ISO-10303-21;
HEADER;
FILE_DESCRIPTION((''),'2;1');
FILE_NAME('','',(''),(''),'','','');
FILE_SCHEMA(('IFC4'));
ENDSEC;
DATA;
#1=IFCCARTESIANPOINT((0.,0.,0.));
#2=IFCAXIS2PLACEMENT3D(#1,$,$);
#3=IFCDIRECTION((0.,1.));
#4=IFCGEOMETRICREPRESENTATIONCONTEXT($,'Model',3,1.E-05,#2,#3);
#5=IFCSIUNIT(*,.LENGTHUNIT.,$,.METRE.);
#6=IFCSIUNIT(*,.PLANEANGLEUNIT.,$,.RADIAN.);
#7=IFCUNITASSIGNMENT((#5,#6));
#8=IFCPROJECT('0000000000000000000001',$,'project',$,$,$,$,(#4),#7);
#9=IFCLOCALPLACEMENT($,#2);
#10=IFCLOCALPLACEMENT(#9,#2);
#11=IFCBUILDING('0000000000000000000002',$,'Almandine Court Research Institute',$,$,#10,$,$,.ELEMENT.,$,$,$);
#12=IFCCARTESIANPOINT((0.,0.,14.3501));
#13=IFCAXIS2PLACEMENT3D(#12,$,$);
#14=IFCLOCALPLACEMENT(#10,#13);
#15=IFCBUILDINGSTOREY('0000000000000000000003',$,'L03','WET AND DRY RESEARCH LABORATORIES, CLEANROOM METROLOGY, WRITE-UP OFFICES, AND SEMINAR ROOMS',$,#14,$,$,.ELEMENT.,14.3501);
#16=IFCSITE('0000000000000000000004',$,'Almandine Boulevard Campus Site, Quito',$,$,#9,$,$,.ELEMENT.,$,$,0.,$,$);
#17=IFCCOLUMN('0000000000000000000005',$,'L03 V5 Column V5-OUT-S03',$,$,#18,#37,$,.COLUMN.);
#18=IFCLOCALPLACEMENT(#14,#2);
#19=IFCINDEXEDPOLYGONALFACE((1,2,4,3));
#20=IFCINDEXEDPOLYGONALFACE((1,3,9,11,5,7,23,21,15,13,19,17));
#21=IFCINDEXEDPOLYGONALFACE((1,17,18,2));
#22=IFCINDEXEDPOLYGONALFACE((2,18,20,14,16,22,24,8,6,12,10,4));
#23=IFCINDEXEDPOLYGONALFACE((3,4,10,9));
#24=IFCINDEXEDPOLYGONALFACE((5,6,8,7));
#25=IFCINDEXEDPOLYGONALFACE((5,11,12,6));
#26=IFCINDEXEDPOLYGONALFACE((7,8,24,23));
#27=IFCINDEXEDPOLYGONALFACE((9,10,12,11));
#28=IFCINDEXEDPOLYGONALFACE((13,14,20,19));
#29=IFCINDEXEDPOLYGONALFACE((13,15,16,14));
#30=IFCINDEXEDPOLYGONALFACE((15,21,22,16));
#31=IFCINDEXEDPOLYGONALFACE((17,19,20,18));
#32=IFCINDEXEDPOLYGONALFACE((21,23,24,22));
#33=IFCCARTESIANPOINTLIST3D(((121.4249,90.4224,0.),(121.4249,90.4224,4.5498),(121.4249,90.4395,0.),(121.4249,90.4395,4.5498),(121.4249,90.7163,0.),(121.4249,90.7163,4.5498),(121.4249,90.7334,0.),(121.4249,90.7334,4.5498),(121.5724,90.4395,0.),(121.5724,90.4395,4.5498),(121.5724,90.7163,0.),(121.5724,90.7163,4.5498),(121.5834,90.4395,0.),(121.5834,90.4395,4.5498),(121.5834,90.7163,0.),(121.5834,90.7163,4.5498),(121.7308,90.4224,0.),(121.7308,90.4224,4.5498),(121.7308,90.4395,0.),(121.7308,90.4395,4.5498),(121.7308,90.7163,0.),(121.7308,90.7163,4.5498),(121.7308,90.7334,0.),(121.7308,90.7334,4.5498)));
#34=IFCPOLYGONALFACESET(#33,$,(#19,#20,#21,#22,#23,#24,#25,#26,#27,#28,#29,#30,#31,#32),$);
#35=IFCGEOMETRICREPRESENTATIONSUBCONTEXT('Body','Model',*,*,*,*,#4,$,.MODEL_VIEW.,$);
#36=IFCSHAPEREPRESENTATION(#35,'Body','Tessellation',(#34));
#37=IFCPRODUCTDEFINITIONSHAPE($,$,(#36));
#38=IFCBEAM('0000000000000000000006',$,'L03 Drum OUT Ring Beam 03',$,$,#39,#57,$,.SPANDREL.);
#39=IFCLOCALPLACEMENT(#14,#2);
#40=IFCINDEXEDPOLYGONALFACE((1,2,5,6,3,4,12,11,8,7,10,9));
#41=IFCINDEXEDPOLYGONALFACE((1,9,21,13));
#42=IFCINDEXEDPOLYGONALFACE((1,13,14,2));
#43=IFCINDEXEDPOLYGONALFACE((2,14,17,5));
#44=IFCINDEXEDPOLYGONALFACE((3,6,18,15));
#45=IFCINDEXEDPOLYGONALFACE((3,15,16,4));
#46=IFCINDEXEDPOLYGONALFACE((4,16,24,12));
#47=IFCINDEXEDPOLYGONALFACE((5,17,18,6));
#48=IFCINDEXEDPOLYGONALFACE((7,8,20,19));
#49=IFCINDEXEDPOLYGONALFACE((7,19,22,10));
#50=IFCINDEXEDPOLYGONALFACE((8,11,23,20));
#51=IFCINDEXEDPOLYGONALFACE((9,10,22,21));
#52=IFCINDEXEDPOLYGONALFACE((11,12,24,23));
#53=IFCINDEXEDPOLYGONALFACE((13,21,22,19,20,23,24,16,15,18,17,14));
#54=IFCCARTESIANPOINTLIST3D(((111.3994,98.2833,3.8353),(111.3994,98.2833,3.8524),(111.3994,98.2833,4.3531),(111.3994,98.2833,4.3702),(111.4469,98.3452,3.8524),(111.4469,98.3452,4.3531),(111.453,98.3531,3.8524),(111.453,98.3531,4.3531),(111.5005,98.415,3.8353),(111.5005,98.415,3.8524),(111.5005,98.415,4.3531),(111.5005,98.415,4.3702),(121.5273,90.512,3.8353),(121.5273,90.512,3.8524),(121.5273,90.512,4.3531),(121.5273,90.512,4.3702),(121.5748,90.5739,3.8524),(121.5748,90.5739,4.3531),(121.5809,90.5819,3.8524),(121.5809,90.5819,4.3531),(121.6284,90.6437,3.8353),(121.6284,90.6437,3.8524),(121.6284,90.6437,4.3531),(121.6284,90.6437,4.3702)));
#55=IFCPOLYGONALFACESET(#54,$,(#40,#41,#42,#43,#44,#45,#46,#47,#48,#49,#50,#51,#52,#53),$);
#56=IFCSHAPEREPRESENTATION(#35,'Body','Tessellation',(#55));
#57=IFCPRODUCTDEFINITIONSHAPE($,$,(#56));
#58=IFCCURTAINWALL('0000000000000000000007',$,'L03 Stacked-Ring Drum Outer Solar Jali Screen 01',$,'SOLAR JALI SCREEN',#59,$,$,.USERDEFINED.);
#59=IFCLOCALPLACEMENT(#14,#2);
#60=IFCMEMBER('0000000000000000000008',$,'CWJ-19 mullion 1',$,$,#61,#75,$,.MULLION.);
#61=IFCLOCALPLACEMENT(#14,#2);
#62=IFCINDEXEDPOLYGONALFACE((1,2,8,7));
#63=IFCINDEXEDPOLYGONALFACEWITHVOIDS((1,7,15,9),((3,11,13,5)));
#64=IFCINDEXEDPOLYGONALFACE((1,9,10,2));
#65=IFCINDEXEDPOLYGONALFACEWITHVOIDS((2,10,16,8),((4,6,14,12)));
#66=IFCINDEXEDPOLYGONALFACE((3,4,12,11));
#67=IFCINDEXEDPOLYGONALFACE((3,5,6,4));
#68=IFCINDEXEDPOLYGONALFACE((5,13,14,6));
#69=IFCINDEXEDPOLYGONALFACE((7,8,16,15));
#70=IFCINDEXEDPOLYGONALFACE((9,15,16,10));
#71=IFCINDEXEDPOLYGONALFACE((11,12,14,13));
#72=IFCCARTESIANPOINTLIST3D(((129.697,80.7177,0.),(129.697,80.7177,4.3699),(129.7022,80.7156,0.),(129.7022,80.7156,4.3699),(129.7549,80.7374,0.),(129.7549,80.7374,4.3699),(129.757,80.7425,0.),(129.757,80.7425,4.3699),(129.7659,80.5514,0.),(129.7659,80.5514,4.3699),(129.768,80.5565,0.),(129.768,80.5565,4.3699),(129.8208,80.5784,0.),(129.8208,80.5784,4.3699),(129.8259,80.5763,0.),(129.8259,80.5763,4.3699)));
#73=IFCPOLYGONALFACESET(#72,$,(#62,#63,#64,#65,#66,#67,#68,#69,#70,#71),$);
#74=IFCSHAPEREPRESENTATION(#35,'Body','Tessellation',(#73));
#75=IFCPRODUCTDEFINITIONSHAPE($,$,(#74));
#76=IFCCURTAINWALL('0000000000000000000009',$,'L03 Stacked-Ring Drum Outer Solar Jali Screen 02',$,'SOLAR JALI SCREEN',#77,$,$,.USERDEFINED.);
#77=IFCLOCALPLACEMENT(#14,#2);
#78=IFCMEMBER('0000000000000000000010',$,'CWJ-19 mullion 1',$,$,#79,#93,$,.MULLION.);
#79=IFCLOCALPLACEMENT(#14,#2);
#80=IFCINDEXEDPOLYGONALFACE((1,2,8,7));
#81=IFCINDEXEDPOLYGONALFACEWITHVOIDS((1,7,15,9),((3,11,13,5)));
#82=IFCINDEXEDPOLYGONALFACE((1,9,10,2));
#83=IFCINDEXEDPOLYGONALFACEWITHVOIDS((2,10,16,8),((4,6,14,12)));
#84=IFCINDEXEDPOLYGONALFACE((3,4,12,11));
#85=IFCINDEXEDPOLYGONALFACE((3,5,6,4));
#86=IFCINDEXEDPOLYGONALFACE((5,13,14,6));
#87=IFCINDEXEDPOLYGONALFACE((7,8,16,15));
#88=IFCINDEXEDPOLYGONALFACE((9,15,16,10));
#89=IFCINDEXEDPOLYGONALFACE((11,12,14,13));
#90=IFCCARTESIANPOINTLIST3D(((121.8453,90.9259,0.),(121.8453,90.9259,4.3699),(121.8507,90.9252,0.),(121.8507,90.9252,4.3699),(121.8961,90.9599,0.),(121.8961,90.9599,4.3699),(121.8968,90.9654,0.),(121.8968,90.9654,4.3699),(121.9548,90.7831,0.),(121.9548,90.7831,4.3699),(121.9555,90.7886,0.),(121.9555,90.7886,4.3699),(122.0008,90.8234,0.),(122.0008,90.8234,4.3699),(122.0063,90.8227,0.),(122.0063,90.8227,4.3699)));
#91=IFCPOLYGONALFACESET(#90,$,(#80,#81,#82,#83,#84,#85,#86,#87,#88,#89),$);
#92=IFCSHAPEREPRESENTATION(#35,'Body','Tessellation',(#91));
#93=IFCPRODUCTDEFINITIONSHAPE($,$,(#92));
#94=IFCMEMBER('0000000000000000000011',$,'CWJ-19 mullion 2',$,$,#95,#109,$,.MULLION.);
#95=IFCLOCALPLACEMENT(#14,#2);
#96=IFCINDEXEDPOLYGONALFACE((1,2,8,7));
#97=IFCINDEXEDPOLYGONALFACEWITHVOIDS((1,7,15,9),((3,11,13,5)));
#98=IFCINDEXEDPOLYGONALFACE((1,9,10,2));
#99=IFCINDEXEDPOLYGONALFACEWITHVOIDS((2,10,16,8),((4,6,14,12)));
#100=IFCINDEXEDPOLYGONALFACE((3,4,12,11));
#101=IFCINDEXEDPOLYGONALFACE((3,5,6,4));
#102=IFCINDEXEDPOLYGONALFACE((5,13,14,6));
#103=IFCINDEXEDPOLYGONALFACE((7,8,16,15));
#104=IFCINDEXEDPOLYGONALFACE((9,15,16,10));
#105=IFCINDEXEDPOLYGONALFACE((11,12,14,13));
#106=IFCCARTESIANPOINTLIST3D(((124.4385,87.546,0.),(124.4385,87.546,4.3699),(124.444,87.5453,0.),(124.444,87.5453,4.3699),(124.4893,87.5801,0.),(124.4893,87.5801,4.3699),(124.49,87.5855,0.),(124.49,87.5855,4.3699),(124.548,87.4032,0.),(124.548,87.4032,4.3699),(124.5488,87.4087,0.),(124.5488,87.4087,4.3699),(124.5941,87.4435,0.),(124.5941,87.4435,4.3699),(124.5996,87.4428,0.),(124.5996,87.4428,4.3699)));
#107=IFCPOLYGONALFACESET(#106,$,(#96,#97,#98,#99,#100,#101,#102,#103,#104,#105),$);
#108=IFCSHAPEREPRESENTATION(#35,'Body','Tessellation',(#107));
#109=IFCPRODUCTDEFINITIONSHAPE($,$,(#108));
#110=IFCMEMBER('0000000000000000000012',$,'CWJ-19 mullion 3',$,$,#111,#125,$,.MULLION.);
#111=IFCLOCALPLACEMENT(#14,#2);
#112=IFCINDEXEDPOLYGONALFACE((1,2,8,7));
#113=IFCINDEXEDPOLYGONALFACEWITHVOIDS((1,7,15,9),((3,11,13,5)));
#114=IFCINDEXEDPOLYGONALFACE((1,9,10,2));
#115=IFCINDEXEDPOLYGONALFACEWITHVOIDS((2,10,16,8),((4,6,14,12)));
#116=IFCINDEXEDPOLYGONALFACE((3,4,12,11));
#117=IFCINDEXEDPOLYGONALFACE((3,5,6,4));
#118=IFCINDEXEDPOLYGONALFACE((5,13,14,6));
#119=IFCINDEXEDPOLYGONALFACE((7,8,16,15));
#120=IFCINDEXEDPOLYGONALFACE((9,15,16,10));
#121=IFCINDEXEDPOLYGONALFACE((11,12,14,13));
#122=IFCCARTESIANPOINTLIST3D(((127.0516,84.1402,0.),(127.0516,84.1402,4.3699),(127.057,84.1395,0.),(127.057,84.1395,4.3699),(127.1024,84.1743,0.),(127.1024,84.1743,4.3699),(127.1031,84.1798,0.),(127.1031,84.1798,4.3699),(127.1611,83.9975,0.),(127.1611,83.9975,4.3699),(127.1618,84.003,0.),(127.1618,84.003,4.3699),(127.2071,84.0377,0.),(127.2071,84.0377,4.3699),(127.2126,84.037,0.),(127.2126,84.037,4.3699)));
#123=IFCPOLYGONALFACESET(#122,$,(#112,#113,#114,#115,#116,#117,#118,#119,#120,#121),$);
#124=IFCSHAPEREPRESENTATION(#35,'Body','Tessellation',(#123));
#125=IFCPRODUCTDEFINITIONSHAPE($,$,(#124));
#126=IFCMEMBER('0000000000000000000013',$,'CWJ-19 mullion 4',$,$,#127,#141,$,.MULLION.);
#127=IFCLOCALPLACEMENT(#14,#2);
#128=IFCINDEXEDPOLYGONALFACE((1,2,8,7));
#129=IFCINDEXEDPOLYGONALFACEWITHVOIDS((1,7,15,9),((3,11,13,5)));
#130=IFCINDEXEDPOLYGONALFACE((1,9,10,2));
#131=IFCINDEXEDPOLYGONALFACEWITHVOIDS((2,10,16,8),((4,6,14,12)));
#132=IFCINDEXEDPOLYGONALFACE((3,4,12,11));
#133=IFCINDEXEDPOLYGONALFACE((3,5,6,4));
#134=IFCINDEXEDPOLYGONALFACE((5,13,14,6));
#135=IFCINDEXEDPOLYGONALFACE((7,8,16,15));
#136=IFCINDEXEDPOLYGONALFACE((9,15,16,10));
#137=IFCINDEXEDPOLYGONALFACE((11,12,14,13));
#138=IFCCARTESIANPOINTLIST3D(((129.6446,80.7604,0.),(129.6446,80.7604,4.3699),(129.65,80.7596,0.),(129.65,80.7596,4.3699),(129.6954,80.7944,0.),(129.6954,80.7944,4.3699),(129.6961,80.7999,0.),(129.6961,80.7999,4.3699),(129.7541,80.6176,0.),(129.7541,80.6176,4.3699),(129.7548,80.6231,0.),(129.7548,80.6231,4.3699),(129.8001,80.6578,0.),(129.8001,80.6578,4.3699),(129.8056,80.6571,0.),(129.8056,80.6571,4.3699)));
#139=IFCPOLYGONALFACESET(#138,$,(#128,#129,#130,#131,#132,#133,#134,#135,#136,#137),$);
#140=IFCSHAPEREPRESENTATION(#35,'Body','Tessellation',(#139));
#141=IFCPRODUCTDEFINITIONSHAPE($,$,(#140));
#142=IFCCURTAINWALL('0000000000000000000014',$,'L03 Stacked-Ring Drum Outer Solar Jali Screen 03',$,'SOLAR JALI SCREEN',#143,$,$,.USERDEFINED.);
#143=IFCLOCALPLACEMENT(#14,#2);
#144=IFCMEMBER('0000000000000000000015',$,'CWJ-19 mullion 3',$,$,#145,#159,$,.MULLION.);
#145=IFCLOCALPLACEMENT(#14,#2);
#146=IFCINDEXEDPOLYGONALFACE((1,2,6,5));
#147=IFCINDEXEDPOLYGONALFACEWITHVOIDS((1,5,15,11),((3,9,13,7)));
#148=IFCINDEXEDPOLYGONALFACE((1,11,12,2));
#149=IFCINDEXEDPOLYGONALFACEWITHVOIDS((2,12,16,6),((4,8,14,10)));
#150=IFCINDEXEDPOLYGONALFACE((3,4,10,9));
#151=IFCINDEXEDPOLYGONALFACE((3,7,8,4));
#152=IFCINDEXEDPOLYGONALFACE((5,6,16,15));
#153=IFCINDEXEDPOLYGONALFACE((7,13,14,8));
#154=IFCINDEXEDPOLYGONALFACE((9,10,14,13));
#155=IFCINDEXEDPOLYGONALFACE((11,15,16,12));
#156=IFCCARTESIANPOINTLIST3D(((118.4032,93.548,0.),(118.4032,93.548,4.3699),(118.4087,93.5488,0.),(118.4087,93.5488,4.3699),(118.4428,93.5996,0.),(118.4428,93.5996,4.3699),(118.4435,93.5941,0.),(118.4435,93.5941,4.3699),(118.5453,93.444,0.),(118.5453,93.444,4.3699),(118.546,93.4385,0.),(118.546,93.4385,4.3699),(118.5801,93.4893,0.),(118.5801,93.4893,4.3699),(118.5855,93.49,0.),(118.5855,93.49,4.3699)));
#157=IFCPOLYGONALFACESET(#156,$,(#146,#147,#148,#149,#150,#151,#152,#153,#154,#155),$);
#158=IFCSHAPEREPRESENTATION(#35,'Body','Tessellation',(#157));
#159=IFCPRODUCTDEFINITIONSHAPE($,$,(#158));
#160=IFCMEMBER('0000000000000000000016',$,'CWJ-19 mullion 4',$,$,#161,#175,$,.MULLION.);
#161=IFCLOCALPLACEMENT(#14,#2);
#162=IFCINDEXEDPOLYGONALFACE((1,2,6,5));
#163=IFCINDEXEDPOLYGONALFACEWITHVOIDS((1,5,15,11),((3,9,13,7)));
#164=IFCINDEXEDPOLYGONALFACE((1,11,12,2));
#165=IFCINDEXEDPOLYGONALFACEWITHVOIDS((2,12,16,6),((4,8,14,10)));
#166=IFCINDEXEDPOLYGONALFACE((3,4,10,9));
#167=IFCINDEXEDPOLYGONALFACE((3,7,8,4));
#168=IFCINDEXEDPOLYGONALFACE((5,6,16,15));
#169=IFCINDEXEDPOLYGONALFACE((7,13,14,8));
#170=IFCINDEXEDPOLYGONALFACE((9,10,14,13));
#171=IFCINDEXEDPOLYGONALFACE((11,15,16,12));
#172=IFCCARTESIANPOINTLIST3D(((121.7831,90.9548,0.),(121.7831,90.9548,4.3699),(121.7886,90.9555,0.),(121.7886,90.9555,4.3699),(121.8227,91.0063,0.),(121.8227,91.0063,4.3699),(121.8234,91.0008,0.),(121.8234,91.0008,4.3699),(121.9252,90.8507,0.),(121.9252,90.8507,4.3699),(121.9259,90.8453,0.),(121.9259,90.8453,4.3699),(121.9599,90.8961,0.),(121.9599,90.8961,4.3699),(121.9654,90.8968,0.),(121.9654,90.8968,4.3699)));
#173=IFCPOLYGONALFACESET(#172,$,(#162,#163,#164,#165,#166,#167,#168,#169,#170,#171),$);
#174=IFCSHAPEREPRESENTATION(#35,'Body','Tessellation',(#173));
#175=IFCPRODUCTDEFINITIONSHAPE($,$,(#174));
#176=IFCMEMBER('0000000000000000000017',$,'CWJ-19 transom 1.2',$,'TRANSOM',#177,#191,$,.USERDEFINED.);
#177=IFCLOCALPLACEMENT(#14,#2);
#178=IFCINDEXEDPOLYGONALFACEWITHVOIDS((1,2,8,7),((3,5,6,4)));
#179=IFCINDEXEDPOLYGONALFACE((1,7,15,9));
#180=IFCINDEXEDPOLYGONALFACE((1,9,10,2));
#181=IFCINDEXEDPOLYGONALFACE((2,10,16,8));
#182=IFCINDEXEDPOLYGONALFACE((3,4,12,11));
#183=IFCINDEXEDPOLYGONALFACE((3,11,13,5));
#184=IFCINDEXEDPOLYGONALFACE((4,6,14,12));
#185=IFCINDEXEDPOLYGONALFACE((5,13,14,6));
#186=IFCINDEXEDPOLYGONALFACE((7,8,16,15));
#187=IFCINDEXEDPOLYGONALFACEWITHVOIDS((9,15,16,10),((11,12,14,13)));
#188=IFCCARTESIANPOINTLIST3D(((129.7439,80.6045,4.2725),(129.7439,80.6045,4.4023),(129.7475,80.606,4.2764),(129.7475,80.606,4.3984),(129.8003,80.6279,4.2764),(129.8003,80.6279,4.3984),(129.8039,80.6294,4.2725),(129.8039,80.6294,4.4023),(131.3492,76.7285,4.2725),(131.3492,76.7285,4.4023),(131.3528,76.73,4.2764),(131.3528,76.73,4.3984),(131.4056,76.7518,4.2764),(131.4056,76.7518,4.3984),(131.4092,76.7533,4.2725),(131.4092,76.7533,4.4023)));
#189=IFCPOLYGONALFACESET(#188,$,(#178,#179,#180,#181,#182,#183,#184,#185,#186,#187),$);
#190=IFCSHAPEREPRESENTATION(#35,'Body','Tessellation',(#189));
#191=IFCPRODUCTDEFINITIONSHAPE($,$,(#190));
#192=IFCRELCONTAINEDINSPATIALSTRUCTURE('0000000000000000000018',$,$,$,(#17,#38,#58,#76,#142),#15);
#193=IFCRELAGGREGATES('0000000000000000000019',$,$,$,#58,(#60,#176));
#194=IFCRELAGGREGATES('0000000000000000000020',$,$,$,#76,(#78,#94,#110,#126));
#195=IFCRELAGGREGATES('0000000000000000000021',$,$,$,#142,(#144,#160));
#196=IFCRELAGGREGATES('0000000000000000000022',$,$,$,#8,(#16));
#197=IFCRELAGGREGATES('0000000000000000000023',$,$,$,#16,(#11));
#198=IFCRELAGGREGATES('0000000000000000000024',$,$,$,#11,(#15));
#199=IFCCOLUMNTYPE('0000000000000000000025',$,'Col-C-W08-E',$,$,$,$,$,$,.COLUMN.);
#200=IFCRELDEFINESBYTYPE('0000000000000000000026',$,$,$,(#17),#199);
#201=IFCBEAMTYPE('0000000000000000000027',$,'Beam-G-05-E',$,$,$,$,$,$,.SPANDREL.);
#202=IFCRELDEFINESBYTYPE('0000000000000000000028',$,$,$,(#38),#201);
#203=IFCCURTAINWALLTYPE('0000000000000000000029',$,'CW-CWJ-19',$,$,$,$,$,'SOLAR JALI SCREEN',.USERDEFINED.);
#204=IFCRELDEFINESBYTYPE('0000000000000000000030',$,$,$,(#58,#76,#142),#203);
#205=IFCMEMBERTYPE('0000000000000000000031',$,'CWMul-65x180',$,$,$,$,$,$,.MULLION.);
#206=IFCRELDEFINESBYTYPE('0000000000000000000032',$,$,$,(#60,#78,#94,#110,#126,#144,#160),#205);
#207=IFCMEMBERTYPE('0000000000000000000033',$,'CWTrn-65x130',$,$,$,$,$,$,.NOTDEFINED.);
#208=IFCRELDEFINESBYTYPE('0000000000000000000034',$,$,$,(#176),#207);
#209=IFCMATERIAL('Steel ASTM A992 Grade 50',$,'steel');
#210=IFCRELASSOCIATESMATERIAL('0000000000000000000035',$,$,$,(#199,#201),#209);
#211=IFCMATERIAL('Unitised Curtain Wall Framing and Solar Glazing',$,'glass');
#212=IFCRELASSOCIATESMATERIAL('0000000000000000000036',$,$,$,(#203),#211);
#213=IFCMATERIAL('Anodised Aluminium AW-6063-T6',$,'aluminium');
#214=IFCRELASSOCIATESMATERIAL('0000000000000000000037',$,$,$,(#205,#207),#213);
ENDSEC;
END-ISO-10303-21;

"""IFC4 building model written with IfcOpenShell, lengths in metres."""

from ifc_helpers import new_model, si_unit, direction, frame, origin, origin_2d, place, context, subcontext, project, spatial, hollow_rectangle, i_section, extrude, material, material_profile, profile_set, type_object, element, aggregate, save


model = new_model("IFC4")

# Units and contexts
model_context = context("Model", 3, precision=1e-05, world=origin(), true_north=direction((0.0, 1.0)))
body_context = subcontext(model_context, "Body", "Model", "MODEL_VIEW")
ifc_project = project(units=[si_unit("LENGTHUNIT", "METRE"), si_unit("PLANEANGLEUNIT", "RADIAN")], contexts=[model_context])

# Site, building, storey
site_placement = place(None, origin())
site = spatial("IfcSite", under=ifc_project, at=site_placement, Name="Almandine Boulevard Campus Site, Quito", CompositionType="ELEMENT", RefElevation=0.0)
building_placement = place(site_placement, origin())
building = spatial("IfcBuilding", under=site, at=building_placement, Name="Almandine Court Research Institute", CompositionType="ELEMENT")
storey_placement = place(building_placement, frame((0.0, 0.0, 14.3501)))
storey = spatial("IfcBuildingStorey", under=building, at=storey_placement, Name="L03", Description="WET AND DRY RESEARCH LABORATORIES, CLEANROOM METROLOGY, WRITE-UP OFFICES, AND SEMINAR ROOMS", CompositionType="ELEMENT", Elevation=14.3501)

# Column
ifc_material_1 = material(Name="Steel ASTM A992 Grade 50", Category="steel")
ifc_material_profile_1 = material_profile(ifc_material_1, i_section(OverallWidth=0.3059, OverallDepth=0.311, WebThickness=0.011, FlangeThickness=0.0171, at=origin_2d()), Name="W310x107")
ifc_profile_set_1 = profile_set([ifc_material_profile_1], Name="Steel ASTM A992 Grade 50")
column_type = type_object("IfcColumnType", Name="Col-C-W08-E", PredefinedType="COLUMN", material=ifc_profile_set_1)
column_placement = place(storey_placement, frame((121.5779, 90.5779, 0.0), z_axis=(0.0, 0.0, 1.0), x_axis=(1.0, 0.0, 0.0)))
element("IfcColumn", 1, at=column_placement, inside=storey, type_object=column_type, Name="L03 V5 Column V5-OUT-S03", PredefinedType="COLUMN", context=body_context, shape_type="SweptSolid", body=[
    extrude(i_section(OverallWidth=0.3059, OverallDepth=0.311, WebThickness=0.011, FlangeThickness=0.0171, at=origin_2d()), origin(), (0.0, 0.0, 1.0), 4.5498),
])

# Beam
ifc_material_profile_2 = material_profile(ifc_material_1, i_section(OverallWidth=0.166, OverallDepth=0.5349, WebThickness=0.01, FlangeThickness=0.0171, at=origin_2d()), Name="W530x85")
ifc_profile_set_2 = profile_set([ifc_material_profile_2], Name="Steel ASTM A992 Grade 50")
beam_type = type_object("IfcBeamType", Name="Beam-G-05-E", PredefinedType="SPANDREL", material=ifc_profile_set_2)
beam_placement = place(storey_placement, frame((121.5779, 90.5779, 4.1028), z_axis=(-0.793361, 0.608752, 0.0), x_axis=(-0.608752, -0.793361, 0.0)))
element("IfcBeam", 2, at=beam_placement, inside=storey, type_object=beam_type, Name="L03 Drum OUT Ring Beam 03", PredefinedType="SPANDREL", context=body_context, shape_type="SweptSolid", body=[
    extrude(i_section(OverallWidth=0.166, OverallDepth=0.5349, WebThickness=0.01, FlangeThickness=0.0171, at=origin_2d()), origin(), (0.0, 0.0, 1.0), 12.7659),
])

# Curtain wall, member
ifc_material_2 = material(Name="Unitised Curtain Wall Framing and Solar Glazing", Category="glass")
curtain_wall_type = type_object("IfcCurtainWallType", Name="CW-CWJ-19", ElementType="SOLAR JALI SCREEN", PredefinedType="USERDEFINED", material=ifc_material_2)
curtain_wall_1_placement = place(storey_placement, origin())
curtain_wall_1 = element("IfcCurtainWall", 3, at=curtain_wall_1_placement, inside=storey, type_object=curtain_wall_type, Name="L03 Stacked-Ring Drum Outer Solar Jali Screen 01", ObjectType="SOLAR JALI SCREEN", PredefinedType="USERDEFINED")
ifc_material_3 = material(Name="Anodised Aluminium AW-6063-T6", Category="aluminium")
ifc_material_profile_3 = material_profile(ifc_material_3, hollow_rectangle(XDim=0.0649, YDim=0.1799, WallThickness=0.0039, at=origin_2d()), Name="ALU RHS 65x180x4")
ifc_profile_set_3 = profile_set([ifc_material_profile_3], Name="Anodised Aluminium AW-6063-T6")
member_type_1 = type_object("IfcMemberType", Name="CWMul-65x180", PredefinedType="MULLION", material=ifc_profile_set_3)
member_1_placement = place(storey_placement, frame((129.7615, 80.647, 0.0), z_axis=(0.0, 0.0, 1.0), x_axis=(0.923888, 0.382663, 0.0)))
member_1 = element("IfcMember", 4, at=member_1_placement, type_object=member_type_1, Name="CWJ-19 mullion 1", PredefinedType="MULLION", context=body_context, shape_type="SweptSolid", body=[
    extrude(hollow_rectangle(XDim=0.0649, YDim=0.1799, WallThickness=0.0039, at=origin_2d()), origin(), (0.0, 0.0, 1.0), 4.3699),
])

# Curtain walls, members
curtain_wall_2_placement = place(storey_placement, origin())
curtain_wall_2 = element("IfcCurtainWall", 5, at=curtain_wall_2_placement, inside=storey, type_object=curtain_wall_type, Name="L03 Stacked-Ring Drum Outer Solar Jali Screen 02", ObjectType="SOLAR JALI SCREEN", PredefinedType="USERDEFINED")
member_2_placement = place(storey_placement, frame((121.9258, 90.8743, 0.0), z_axis=(0.0, 0.0, 1.0), x_axis=(0.793383, 0.608723, 0.0)))
member_2 = element("IfcMember", 6, at=member_2_placement, type_object=member_type_1, Name="CWJ-19 mullion 1", PredefinedType="MULLION", context=body_context, shape_type="SweptSolid", body=[
    extrude(hollow_rectangle(XDim=0.0649, YDim=0.1799, WallThickness=0.0039, at=origin_2d()), origin(), (0.0, 0.0, 1.0), 4.3699),
])
member_3_placement = place(storey_placement, frame((124.519, 87.4944, 0.0), z_axis=(0.0, 0.0, 1.0), x_axis=(0.793383, 0.608723, 0.0)))
member_3 = element("IfcMember", 7, at=member_3_placement, type_object=member_type_1, Name="CWJ-19 mullion 2", PredefinedType="MULLION", context=body_context, shape_type="SweptSolid", body=[
    extrude(hollow_rectangle(XDim=0.0649, YDim=0.1799, WallThickness=0.0039, at=origin_2d()), origin(), (0.0, 0.0, 1.0), 4.3699),
])
member_4_placement = place(storey_placement, frame((127.1321, 84.0886, 0.0), z_axis=(0.0, 0.0, 1.0), x_axis=(0.793383, 0.608723, 0.0)))
member_4 = element("IfcMember", 8, at=member_4_placement, type_object=member_type_1, Name="CWJ-19 mullion 3", PredefinedType="MULLION", context=body_context, shape_type="SweptSolid", body=[
    extrude(hollow_rectangle(XDim=0.0649, YDim=0.1799, WallThickness=0.0039, at=origin_2d()), origin(), (0.0, 0.0, 1.0), 4.3699),
])
member_5_placement = place(storey_placement, frame((129.7251, 80.7087, 0.0), z_axis=(0.0, 0.0, 1.0), x_axis=(0.793383, 0.608723, 0.0)))
member_5 = element("IfcMember", 9, at=member_5_placement, type_object=member_type_1, Name="CWJ-19 mullion 4", PredefinedType="MULLION", context=body_context, shape_type="SweptSolid", body=[
    extrude(hollow_rectangle(XDim=0.0649, YDim=0.1799, WallThickness=0.0039, at=origin_2d()), origin(), (0.0, 0.0, 1.0), 4.3699),
])
curtain_wall_3_placement = place(storey_placement, origin())
curtain_wall_3 = element("IfcCurtainWall", 10, at=curtain_wall_3_placement, inside=storey, type_object=curtain_wall_type, Name="L03 Stacked-Ring Drum Outer Solar Jali Screen 03", ObjectType="SOLAR JALI SCREEN", PredefinedType="USERDEFINED")
member_6_placement = place(storey_placement, frame((118.4944, 93.519, 0.0), z_axis=(0.0, 0.0, 1.0), x_axis=(0.608723, 0.793383, 0.0)))
member_6 = element("IfcMember", 11, at=member_6_placement, type_object=member_type_1, Name="CWJ-19 mullion 3", PredefinedType="MULLION", context=body_context, shape_type="SweptSolid", body=[
    extrude(hollow_rectangle(XDim=0.0649, YDim=0.1799, WallThickness=0.0039, at=origin_2d()), origin(), (0.0, 0.0, 1.0), 4.3699),
])
member_7_placement = place(storey_placement, frame((121.8743, 90.9258, 0.0), z_axis=(0.0, 0.0, 1.0), x_axis=(0.608723, 0.793383, 0.0)))
member_7 = element("IfcMember", 12, at=member_7_placement, type_object=member_type_1, Name="CWJ-19 mullion 4", PredefinedType="MULLION", context=body_context, shape_type="SweptSolid", body=[
    extrude(hollow_rectangle(XDim=0.0649, YDim=0.1799, WallThickness=0.0039, at=origin_2d()), origin(), (0.0, 0.0, 1.0), 4.3699),
])

# Member
ifc_material_profile_4 = material_profile(ifc_material_3, hollow_rectangle(XDim=0.0649, YDim=0.1299, WallThickness=0.0039, at=origin_2d()), Name="ALU RHS 65x130x4")
ifc_profile_set_4 = profile_set([ifc_material_profile_4], Name="Anodised Aluminium AW-6063-T6")
member_type_2 = type_object("IfcMemberType", Name="CWTrn-65x130", PredefinedType="NOTDEFINED", material=ifc_profile_set_4)
member_8_placement = place(storey_placement, frame((129.7739, 80.6169, 4.3374), z_axis=(0.382631, -0.923901, 0.0), x_axis=(0.923901, 0.382631, 0.0)))
member_8 = element("IfcMember", 13, at=member_8_placement, type_object=member_type_2, Name="CWJ-19 transom 1.2", ObjectType="TRANSOM", PredefinedType="USERDEFINED", context=body_context, shape_type="SweptSolid", body=[
    extrude(hollow_rectangle(XDim=0.0649, YDim=0.1299, WallThickness=0.0039, at=origin_2d()), origin(), (0.0, 0.0, 1.0), 4.1953),
])
aggregate(curtain_wall_1, [member_1, member_8])

aggregate(curtain_wall_2, [member_2, member_3, member_4, member_5])
aggregate(curtain_wall_3, [member_6, member_7])

save(model, "model.ifc")
